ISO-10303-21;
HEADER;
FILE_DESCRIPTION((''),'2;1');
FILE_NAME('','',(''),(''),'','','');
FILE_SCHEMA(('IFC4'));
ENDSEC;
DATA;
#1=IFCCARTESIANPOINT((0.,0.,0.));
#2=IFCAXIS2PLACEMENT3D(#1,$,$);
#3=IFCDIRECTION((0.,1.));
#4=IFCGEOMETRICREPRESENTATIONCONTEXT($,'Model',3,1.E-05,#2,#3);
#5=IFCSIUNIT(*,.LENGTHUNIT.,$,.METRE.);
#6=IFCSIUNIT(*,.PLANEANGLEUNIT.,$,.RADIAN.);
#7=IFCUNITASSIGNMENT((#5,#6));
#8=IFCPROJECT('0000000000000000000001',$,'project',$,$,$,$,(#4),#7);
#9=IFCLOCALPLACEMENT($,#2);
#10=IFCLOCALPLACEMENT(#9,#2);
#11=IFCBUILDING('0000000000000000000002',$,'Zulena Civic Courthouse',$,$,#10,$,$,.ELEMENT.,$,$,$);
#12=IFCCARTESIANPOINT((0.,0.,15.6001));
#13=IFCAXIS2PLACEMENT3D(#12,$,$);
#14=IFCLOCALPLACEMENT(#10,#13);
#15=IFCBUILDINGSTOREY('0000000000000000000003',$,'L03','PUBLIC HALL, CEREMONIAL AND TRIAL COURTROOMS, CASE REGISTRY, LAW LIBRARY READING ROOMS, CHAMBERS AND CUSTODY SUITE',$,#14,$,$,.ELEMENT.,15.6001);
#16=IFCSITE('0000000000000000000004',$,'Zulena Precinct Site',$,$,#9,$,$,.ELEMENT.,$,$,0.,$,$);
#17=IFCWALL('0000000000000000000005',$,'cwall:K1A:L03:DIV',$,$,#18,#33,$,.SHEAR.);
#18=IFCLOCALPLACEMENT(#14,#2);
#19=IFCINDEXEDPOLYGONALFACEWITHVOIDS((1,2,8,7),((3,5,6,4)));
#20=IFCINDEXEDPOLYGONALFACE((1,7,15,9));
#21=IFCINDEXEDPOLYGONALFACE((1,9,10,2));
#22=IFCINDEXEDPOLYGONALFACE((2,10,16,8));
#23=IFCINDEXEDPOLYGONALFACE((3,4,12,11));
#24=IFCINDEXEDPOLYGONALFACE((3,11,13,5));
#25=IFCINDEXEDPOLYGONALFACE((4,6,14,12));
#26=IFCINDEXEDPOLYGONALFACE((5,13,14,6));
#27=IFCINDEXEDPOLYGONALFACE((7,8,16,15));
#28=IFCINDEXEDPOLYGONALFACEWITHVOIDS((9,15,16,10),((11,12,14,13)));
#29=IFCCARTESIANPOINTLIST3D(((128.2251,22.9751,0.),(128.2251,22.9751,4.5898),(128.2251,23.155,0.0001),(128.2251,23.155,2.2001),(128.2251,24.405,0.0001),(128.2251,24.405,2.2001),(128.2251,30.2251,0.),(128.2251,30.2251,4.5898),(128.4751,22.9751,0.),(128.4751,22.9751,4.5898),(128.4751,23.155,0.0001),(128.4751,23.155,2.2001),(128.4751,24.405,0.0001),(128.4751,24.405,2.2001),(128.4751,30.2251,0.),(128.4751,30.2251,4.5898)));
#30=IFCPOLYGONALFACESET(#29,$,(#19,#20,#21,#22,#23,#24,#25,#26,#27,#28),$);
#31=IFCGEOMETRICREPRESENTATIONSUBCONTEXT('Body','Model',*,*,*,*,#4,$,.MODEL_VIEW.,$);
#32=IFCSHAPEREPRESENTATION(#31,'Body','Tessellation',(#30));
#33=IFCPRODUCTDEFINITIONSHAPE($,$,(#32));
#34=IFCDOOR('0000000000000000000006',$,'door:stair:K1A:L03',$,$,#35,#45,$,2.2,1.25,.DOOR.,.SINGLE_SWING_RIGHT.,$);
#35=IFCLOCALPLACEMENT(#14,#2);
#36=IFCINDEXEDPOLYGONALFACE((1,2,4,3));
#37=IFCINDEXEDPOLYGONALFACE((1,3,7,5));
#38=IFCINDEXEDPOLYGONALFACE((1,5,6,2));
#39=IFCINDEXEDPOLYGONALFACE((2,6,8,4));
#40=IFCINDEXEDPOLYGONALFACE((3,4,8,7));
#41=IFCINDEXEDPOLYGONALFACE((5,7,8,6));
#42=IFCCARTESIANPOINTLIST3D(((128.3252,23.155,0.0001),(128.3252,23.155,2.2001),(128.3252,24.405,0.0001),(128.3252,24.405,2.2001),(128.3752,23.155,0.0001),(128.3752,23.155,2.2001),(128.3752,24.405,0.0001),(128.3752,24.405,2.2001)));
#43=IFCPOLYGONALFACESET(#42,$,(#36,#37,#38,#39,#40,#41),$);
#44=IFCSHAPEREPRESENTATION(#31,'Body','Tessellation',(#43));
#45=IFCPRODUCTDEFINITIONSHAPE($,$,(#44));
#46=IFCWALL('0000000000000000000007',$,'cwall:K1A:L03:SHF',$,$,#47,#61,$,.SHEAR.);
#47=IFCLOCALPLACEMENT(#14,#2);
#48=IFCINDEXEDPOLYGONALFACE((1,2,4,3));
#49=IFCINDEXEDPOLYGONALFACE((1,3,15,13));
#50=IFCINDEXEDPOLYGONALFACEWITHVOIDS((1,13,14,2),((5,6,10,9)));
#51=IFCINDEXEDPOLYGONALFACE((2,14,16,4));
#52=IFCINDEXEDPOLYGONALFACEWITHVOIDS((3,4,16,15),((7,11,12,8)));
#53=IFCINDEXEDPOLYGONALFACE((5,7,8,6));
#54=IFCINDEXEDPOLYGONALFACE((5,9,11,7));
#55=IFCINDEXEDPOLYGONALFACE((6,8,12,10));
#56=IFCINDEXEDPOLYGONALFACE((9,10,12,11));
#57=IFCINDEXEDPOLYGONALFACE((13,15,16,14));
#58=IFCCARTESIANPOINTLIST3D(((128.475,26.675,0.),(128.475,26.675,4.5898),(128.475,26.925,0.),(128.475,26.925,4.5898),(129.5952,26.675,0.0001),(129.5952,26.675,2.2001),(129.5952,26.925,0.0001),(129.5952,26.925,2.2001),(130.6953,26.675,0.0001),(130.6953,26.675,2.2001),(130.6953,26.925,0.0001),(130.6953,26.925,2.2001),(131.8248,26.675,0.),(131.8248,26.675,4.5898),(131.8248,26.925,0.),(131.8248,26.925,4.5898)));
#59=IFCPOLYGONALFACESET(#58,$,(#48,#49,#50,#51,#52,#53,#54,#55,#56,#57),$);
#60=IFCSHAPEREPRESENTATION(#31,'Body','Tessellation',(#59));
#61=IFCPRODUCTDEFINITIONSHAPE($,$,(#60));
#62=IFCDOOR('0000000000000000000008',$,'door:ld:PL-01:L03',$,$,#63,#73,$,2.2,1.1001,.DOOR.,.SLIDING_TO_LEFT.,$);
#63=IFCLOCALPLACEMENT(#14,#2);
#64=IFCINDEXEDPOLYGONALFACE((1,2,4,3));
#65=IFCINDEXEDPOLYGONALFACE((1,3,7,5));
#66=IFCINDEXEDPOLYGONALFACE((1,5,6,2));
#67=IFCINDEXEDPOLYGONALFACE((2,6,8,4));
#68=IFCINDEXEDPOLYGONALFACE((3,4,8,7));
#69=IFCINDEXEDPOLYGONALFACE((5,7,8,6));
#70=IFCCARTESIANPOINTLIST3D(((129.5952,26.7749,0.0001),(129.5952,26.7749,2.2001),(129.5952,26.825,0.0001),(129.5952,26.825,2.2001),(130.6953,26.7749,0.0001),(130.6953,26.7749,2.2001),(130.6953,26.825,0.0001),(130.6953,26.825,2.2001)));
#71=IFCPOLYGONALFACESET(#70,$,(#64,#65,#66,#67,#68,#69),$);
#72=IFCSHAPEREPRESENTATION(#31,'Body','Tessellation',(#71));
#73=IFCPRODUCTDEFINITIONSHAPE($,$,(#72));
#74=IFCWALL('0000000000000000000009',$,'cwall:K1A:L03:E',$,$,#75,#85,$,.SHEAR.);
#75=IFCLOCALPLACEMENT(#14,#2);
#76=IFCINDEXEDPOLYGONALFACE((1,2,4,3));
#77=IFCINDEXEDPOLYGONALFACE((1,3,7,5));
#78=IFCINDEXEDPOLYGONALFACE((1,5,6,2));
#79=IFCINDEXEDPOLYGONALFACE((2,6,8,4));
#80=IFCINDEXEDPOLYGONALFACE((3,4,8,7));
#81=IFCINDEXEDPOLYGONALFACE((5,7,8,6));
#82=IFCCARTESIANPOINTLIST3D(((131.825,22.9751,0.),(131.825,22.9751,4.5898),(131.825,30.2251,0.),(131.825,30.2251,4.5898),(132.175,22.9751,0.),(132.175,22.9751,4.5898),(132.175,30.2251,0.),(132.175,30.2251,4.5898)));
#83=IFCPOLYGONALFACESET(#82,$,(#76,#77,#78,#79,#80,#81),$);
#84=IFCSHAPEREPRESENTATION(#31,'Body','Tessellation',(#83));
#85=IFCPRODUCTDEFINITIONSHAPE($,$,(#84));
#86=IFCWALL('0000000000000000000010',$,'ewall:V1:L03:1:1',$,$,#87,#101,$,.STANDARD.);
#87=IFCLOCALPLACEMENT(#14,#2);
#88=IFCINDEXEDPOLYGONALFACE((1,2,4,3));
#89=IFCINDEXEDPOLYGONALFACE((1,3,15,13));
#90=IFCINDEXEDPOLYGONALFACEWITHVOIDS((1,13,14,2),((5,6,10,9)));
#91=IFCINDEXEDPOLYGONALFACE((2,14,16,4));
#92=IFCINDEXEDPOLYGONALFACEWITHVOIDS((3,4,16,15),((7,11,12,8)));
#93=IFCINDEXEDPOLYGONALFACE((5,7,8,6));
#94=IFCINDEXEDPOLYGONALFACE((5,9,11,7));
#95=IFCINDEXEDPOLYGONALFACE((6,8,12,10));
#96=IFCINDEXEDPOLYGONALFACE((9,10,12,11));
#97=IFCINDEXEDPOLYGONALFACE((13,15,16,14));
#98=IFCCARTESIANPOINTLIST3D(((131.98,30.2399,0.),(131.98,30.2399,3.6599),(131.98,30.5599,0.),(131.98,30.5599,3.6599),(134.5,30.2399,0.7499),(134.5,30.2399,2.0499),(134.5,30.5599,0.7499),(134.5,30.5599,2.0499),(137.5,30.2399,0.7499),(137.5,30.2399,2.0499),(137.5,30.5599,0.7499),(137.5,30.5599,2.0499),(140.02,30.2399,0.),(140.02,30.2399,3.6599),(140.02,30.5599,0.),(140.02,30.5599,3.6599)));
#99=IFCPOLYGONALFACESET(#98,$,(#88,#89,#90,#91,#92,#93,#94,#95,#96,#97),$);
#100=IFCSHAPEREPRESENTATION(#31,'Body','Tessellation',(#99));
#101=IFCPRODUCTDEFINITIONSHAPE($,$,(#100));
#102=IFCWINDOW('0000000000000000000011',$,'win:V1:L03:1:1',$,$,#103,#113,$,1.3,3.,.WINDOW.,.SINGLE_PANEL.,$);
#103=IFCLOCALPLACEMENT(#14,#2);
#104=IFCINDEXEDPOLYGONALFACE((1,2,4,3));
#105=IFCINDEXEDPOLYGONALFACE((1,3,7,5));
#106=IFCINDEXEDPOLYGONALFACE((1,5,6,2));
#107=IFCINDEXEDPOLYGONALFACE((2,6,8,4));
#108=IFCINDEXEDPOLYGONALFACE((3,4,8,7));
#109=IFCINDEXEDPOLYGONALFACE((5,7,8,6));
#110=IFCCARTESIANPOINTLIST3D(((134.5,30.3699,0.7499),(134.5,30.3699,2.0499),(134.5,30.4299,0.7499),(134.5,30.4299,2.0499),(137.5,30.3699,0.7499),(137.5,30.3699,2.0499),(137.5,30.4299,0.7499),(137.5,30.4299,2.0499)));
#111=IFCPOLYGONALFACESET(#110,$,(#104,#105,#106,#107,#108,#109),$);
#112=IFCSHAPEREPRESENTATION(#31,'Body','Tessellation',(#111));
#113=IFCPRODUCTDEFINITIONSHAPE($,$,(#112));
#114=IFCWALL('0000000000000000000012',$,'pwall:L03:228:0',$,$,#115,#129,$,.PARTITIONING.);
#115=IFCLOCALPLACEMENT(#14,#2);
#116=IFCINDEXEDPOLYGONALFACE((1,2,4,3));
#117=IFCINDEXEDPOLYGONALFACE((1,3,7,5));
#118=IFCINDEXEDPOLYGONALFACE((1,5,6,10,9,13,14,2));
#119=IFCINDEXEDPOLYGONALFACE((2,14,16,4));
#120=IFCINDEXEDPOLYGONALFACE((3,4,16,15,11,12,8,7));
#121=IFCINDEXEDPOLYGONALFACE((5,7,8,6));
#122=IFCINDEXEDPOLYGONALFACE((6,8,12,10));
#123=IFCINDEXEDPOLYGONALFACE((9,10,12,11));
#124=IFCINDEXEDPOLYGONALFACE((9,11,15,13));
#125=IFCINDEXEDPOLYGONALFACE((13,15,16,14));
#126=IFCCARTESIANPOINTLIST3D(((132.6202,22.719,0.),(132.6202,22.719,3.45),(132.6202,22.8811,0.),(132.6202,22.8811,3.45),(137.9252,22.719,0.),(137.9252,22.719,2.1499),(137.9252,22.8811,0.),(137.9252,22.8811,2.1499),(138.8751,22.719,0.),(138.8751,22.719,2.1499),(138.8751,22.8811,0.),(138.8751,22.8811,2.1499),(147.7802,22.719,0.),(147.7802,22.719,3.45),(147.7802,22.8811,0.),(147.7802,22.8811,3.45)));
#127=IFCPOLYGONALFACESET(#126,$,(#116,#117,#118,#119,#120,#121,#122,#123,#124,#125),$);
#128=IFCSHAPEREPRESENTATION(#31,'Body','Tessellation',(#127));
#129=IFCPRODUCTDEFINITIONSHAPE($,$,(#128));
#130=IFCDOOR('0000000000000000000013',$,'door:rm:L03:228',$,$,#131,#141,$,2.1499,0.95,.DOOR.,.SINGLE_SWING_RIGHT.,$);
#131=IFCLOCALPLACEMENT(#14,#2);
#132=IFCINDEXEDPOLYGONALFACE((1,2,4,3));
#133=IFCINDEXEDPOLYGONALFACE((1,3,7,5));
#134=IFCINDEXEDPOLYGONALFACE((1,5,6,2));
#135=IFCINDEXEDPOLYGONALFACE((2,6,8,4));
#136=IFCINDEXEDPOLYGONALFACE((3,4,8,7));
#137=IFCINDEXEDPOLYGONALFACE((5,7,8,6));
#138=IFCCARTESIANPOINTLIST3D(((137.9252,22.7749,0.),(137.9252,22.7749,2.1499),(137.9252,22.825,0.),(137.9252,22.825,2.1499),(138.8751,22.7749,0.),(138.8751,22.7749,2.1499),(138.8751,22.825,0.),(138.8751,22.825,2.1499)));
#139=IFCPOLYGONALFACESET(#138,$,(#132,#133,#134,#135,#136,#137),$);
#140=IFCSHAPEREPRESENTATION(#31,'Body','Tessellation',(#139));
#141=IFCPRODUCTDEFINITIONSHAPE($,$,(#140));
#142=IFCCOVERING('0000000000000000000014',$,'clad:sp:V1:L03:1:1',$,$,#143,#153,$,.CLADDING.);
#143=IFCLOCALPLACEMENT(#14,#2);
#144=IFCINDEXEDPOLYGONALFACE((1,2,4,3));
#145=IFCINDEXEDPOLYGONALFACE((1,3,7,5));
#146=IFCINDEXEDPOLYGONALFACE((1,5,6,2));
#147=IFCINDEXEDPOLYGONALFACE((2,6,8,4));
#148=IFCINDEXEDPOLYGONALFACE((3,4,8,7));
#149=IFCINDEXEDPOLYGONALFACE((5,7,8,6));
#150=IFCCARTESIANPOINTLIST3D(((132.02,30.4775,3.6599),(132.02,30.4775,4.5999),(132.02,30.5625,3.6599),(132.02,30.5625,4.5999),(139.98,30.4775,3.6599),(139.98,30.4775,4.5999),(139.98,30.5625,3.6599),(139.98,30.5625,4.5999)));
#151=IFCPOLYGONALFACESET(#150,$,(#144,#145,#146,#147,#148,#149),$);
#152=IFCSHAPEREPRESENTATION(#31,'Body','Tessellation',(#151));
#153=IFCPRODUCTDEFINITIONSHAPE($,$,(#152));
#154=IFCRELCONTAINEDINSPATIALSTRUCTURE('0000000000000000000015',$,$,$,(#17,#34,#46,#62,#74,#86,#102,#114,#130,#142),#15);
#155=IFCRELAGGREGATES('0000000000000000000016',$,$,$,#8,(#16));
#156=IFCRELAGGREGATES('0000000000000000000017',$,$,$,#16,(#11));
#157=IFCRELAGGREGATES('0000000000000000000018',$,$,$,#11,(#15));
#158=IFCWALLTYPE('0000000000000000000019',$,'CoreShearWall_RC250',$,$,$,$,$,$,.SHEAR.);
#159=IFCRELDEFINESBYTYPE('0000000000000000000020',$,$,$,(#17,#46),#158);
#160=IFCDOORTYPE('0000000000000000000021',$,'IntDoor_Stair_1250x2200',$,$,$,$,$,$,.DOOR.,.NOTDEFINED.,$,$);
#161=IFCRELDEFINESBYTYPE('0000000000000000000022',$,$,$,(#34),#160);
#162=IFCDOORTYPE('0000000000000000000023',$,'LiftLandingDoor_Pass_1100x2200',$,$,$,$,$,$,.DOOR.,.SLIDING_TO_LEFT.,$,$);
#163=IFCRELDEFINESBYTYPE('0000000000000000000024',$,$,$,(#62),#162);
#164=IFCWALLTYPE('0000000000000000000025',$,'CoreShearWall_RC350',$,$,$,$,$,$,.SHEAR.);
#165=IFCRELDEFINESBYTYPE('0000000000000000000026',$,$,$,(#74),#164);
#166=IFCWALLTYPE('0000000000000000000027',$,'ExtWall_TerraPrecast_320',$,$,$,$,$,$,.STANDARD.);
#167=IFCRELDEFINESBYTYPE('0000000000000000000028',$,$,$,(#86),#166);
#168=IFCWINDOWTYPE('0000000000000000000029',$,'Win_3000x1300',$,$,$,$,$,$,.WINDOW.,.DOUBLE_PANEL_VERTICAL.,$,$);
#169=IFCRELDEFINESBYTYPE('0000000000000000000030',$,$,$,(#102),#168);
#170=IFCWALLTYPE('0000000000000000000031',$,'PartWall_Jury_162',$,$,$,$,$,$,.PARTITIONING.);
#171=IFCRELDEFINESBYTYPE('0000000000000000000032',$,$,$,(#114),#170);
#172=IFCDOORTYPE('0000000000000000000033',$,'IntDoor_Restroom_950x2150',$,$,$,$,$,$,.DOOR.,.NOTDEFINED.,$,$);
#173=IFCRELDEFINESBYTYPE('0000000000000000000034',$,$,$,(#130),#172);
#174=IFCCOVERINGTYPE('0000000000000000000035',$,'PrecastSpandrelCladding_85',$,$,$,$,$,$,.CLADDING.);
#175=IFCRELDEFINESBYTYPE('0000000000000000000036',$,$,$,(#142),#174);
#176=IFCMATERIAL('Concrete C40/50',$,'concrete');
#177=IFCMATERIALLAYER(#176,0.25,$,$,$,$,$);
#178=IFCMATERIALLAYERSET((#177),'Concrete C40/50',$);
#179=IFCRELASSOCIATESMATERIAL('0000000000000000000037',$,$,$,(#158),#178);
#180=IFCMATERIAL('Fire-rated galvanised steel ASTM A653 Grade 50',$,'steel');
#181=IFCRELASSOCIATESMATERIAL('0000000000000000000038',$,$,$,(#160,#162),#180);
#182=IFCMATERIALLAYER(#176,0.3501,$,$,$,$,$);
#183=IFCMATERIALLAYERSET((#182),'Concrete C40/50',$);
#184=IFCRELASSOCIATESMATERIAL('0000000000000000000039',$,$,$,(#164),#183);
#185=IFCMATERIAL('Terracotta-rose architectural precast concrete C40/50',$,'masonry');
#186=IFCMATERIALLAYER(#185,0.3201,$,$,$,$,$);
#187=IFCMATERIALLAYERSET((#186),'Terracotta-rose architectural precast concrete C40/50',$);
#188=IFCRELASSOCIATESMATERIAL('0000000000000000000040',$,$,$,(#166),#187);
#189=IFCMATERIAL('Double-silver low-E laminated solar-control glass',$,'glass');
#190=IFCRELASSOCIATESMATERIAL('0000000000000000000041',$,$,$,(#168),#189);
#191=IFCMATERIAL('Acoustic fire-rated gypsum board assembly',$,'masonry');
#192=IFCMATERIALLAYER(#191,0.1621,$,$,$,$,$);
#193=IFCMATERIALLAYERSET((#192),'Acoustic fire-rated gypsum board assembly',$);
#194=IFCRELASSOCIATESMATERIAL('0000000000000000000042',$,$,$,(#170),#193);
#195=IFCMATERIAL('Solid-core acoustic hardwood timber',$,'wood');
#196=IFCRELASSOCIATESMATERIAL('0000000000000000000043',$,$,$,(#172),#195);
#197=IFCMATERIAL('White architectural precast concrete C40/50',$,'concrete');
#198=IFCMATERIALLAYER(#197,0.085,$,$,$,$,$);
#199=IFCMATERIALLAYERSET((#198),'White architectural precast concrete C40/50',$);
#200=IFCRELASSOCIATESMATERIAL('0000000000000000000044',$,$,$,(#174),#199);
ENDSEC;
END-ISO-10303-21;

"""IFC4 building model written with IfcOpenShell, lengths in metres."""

from ifc_helpers import new_model, si_unit, direction, frame, frame_2d, origin, origin_2d, place, context, subcontext, project, spatial, rectangle, extrude, material, layer, layer_set, type_object, element, fill, save


model = new_model("IFC4")

# Units and contexts
model_context = context("Model", 3, precision=1e-05, world=origin(), true_north=direction((0.0, 1.0)))
body_context = subcontext(model_context, "Body", "Model", "MODEL_VIEW")
ifc_project = project(units=[si_unit("LENGTHUNIT", "METRE"), si_unit("PLANEANGLEUNIT", "RADIAN")], contexts=[model_context])

# Site, building, storey
site_placement = place(None, origin())
site = spatial("IfcSite", under=ifc_project, at=site_placement, Name="Zulena Precinct Site", CompositionType="ELEMENT", RefElevation=0.0)
building_placement = place(site_placement, origin())
building = spatial("IfcBuilding", under=site, at=building_placement, Name="Zulena Civic Courthouse", CompositionType="ELEMENT")
storey_placement = place(building_placement, frame((0.0, 0.0, 15.6001)))
storey = spatial("IfcBuildingStorey", under=building, at=storey_placement, Name="L03", Description="PUBLIC HALL, CEREMONIAL AND TRIAL COURTROOMS, CASE REGISTRY, LAW LIBRARY READING ROOMS, CHAMBERS AND CUSTODY SUITE", CompositionType="ELEMENT", Elevation=15.6001)

# Shared definitions
ifc_material_1 = material(Name="Double-silver low-E laminated solar-control glass", Category="glass")

# Walls, openings, doors
ifc_material_2 = material(Name="Concrete C40/50", Category="concrete")
ifc_layer_1 = layer(ifc_material_2, 0.25)
ifc_layer_set_1 = layer_set([ifc_layer_1], Name="Concrete C40/50")
wall_type_1 = type_object("IfcWallType", Name="CoreShearWall_RC250", PredefinedType="SHEAR", material=ifc_layer_set_1)
wall_1_placement = place(storey_placement, frame((128.3501, 22.9751, 0.0), z_axis=(0.0, 0.0, 1.0), x_axis=(0.0, 1.0, 0.0)))
wall_1 = element("IfcWall", 1, at=wall_1_placement, inside=storey, type_object=wall_type_1, Name="cwall:K1A:L03:DIV", PredefinedType="SHEAR", context=body_context, shape_type="SweptSolid", body=[
    extrude(rectangle(XDim=7.25, YDim=0.25, at=frame_2d((3.625, 0.0))), origin(), (0.0, 0.0, 1.0), 4.5898),
])
opening_1_placement = place(wall_1_placement, frame((0.1799, 0.0, 0.0)))
opening_1 = element("IfcOpeningElement", 2, at=opening_1_placement, cuts=wall_1, PredefinedType="OPENING", context=body_context, shape_type="SweptSolid", body=[
    extrude(rectangle(XDim=1.25, YDim=2.2, at=frame_2d((0.625, 1.1001))), frame((0.0, 0.135, 0.0), z_axis=(0.0, -1.0, 0.0), x_axis=(1.0, 0.0, 0.0)), (0.0, 0.0, 1.0), 0.27),
])
ifc_material_3 = material(Name="Fire-rated galvanised steel ASTM A653 Grade 50", Category="steel")
door_type_1 = type_object("IfcDoorType", Name="IntDoor_Stair_1250x2200", OperationType="NOTDEFINED", PredefinedType="DOOR", material=ifc_material_3)
door_1_placement = place(opening_1_placement, origin())
door_1 = element("IfcDoor", 3, at=door_1_placement, inside=storey, type_object=door_type_1, Name="door:stair:K1A:L03", OperationType="SINGLE_SWING_RIGHT", OverallHeight=2.2, OverallWidth=1.25, PredefinedType="DOOR", context=body_context, shape_type="SweptSolid", body=[
    extrude(rectangle(XDim=1.25, YDim=2.2, at=frame_2d((0.625, 1.1001))), frame((0.0, 0.0249, 0.0), z_axis=(0.0, -1.0, 0.0), x_axis=(1.0, 0.0, 0.0)), (0.0, 0.0, 1.0), 0.05),
])
fill(opening_1, door_1)
wall_2_placement = place(storey_placement, frame((128.4751, 26.8, 0.0), z_axis=(0.0, 0.0, 1.0), x_axis=(1.0, 0.0, 0.0)))
wall_2 = element("IfcWall", 4, at=wall_2_placement, inside=storey, type_object=wall_type_1, Name="cwall:K1A:L03:SHF", PredefinedType="SHEAR", context=body_context, shape_type="SweptSolid", body=[
    extrude(rectangle(XDim=3.3499, YDim=0.25, at=frame_2d((1.6748, 0.0))), origin(), (0.0, 0.0, 1.0), 4.5898),
])
opening_2_placement = place(wall_2_placement, frame((1.1201, 0.0, 0.0)))
opening_2 = element("IfcOpeningElement", 5, at=opening_2_placement, cuts=wall_2, PredefinedType="OPENING", context=body_context, shape_type="SweptSolid", body=[
    extrude(rectangle(XDim=1.1001, YDim=2.2, at=frame_2d((0.55, 1.1001))), frame((0.0, 0.135, 0.0), z_axis=(0.0, -1.0, 0.0), x_axis=(1.0, 0.0, 0.0)), (0.0, 0.0, 1.0), 0.27),
])
door_type_2 = type_object("IfcDoorType", Name="LiftLandingDoor_Pass_1100x2200", OperationType="SLIDING_TO_LEFT", PredefinedType="DOOR", material=ifc_material_3)
door_2_placement = place(opening_2_placement, origin())
door_2 = element("IfcDoor", 6, at=door_2_placement, inside=storey, type_object=door_type_2, Name="door:ld:PL-01:L03", OperationType="SLIDING_TO_LEFT", OverallHeight=2.2, OverallWidth=1.1001, PredefinedType="DOOR", context=body_context, shape_type="SweptSolid", body=[
    extrude(rectangle(XDim=1.1001, YDim=2.2, at=frame_2d((0.55, 1.1001))), frame((0.0, 0.0249, 0.0), z_axis=(0.0, -1.0, 0.0), x_axis=(1.0, 0.0, 0.0)), (0.0, 0.0, 1.0), 0.05),
])
fill(opening_2, door_2)

# Wall
ifc_layer_2 = layer(ifc_material_2, 0.3501)
ifc_layer_set_2 = layer_set([ifc_layer_2], Name="Concrete C40/50")
wall_type_2 = type_object("IfcWallType", Name="CoreShearWall_RC350", PredefinedType="SHEAR", material=ifc_layer_set_2)
wall_3_placement = place(storey_placement, frame((132.0, 22.9751, 0.0), z_axis=(0.0, 0.0, 1.0), x_axis=(0.0, 1.0, 0.0)))
element("IfcWall", 7, at=wall_3_placement, inside=storey, type_object=wall_type_2, Name="cwall:K1A:L03:E", PredefinedType="SHEAR", context=body_context, shape_type="SweptSolid", body=[
    extrude(rectangle(XDim=7.25, YDim=0.3501, at=frame_2d((3.625, 0.0))), origin(), (0.0, 0.0, 1.0), 4.5898),
])

# Wall, opening, window
ifc_material_4 = material(Name="Terracotta-rose architectural precast concrete C40/50", Category="masonry")
ifc_layer_3 = layer(ifc_material_4, 0.3201)
ifc_layer_set_3 = layer_set([ifc_layer_3], Name="Terracotta-rose architectural precast concrete C40/50")
wall_type_3 = type_object("IfcWallType", Name="ExtWall_TerraPrecast_320", PredefinedType="STANDARD", material=ifc_layer_set_3)
wall_4_placement = place(storey_placement, frame((131.98, 30.3999, 0.0), z_axis=(0.0, 0.0, 1.0), x_axis=(1.0, 0.0, 0.0)))
wall_4 = element("IfcWall", 8, at=wall_4_placement, inside=storey, type_object=wall_type_3, Name="ewall:V1:L03:1:1", PredefinedType="STANDARD", context=body_context, shape_type="SweptSolid", body=[
    extrude(rectangle(XDim=8.04, YDim=0.3201, at=frame_2d((4.02, 0.0))), origin(), (0.0, 0.0, 1.0), 3.6599),
])
opening_3_placement = place(wall_4_placement, frame((2.52, 0.0, 0.75)))
opening_3 = element("IfcOpeningElement", 9, at=opening_3_placement, cuts=wall_4, PredefinedType="OPENING", context=body_context, shape_type="SweptSolid", body=[
    extrude(rectangle(XDim=3.0, YDim=1.3, at=frame_2d((1.5, 0.6499))), frame((0.0, 0.1699, 0.0), z_axis=(0.0, -1.0, 0.0), x_axis=(1.0, 0.0, 0.0)), (0.0, 0.0, 1.0), 0.3401),
])
window_type = type_object("IfcWindowType", Name="Win_3000x1300", PartitioningType="DOUBLE_PANEL_VERTICAL", PredefinedType="WINDOW", material=ifc_material_1)
window_placement = place(opening_3_placement, origin())
window = element("IfcWindow", 10, at=window_placement, inside=storey, type_object=window_type, Name="win:V1:L03:1:1", OverallHeight=1.3, OverallWidth=3.0, PartitioningType="SINGLE_PANEL", PredefinedType="WINDOW", context=body_context, shape_type="SweptSolid", body=[
    extrude(rectangle(XDim=3.0, YDim=1.3, at=frame_2d((1.5, 0.6499))), frame((0.0, 0.03, 0.0), z_axis=(0.0, -1.0, 0.0), x_axis=(1.0, 0.0, 0.0)), (0.0, 0.0, 1.0), 0.0601),
])
fill(opening_3, window)

# Wall, opening, door
ifc_material_5 = material(Name="Acoustic fire-rated gypsum board assembly", Category="masonry")
ifc_layer_4 = layer(ifc_material_5, 0.1621)
ifc_layer_set_4 = layer_set([ifc_layer_4], Name="Acoustic fire-rated gypsum board assembly")
wall_type_4 = type_object("IfcWallType", Name="PartWall_Jury_162", PredefinedType="PARTITIONING", material=ifc_layer_set_4)
wall_5_placement = place(storey_placement, frame((132.6201, 22.8, 0.0), z_axis=(0.0, 0.0, 1.0), x_axis=(1.0, 0.0, 0.0)))
wall_5 = element("IfcWall", 11, at=wall_5_placement, inside=storey, type_object=wall_type_4, Name="pwall:L03:228:0", PredefinedType="PARTITIONING", context=body_context, shape_type="SweptSolid", body=[
    extrude(rectangle(XDim=15.1599, YDim=0.1621, at=frame_2d((7.5801, 0.0))), origin(), (0.0, 0.0, 1.0), 3.45),
])
opening_4_placement = place(wall_5_placement, frame((5.3049, 0.0, 0.0)))
opening_4 = element("IfcOpeningElement", 12, at=opening_4_placement, cuts=wall_5, PredefinedType="OPENING", context=body_context, shape_type="SweptSolid", body=[
    extrude(rectangle(XDim=0.95, YDim=2.1499, at=frame_2d((0.4751, 1.075))), frame((0.0, 0.0911, 0.0), z_axis=(0.0, -1.0, 0.0), x_axis=(1.0, 0.0, 0.0)), (0.0, 0.0, 1.0), 0.1821),
])
ifc_material_6 = material(Name="Solid-core acoustic hardwood timber", Category="wood")
door_type_3 = type_object("IfcDoorType", Name="IntDoor_Restroom_950x2150", OperationType="NOTDEFINED", PredefinedType="DOOR", material=ifc_material_6)
door_3_placement = place(opening_4_placement, origin())
door_3 = element("IfcDoor", 13, at=door_3_placement, inside=storey, type_object=door_type_3, Name="door:rm:L03:228", OperationType="SINGLE_SWING_RIGHT", OverallHeight=2.1499, OverallWidth=0.95, PredefinedType="DOOR", context=body_context, shape_type="SweptSolid", body=[
    extrude(rectangle(XDim=0.95, YDim=2.1499, at=frame_2d((0.4751, 1.075))), frame((0.0, 0.0249, 0.0), z_axis=(0.0, -1.0, 0.0), x_axis=(1.0, 0.0, 0.0)), (0.0, 0.0, 1.0), 0.05),
])
fill(opening_4, door_3)

# Covering
ifc_material_7 = material(Name="White architectural precast concrete C40/50", Category="concrete")
ifc_layer_5 = layer(ifc_material_7, 0.085)
ifc_layer_set_5 = layer_set([ifc_layer_5], Name="White architectural precast concrete C40/50")
covering_type = type_object("IfcCoveringType", Name="PrecastSpandrelCladding_85", PredefinedType="CLADDING", material=ifc_layer_set_5)
covering_placement = place(storey_placement, frame((136.0, 30.52, 3.6599), z_axis=(0.0, 0.0, 1.0), x_axis=(1.0, 0.0, 0.0)))
element("IfcCovering", 14, at=covering_placement, inside=storey, type_object=covering_type, Name="clad:sp:V1:L03:1:1", PredefinedType="CLADDING", context=body_context, shape_type="SweptSolid", body=[
    extrude(rectangle(XDim=7.96, YDim=0.085, at=origin_2d()), origin(), (0.0, 0.0, 1.0), 0.9399),
])

save(model, "model.ifc")
